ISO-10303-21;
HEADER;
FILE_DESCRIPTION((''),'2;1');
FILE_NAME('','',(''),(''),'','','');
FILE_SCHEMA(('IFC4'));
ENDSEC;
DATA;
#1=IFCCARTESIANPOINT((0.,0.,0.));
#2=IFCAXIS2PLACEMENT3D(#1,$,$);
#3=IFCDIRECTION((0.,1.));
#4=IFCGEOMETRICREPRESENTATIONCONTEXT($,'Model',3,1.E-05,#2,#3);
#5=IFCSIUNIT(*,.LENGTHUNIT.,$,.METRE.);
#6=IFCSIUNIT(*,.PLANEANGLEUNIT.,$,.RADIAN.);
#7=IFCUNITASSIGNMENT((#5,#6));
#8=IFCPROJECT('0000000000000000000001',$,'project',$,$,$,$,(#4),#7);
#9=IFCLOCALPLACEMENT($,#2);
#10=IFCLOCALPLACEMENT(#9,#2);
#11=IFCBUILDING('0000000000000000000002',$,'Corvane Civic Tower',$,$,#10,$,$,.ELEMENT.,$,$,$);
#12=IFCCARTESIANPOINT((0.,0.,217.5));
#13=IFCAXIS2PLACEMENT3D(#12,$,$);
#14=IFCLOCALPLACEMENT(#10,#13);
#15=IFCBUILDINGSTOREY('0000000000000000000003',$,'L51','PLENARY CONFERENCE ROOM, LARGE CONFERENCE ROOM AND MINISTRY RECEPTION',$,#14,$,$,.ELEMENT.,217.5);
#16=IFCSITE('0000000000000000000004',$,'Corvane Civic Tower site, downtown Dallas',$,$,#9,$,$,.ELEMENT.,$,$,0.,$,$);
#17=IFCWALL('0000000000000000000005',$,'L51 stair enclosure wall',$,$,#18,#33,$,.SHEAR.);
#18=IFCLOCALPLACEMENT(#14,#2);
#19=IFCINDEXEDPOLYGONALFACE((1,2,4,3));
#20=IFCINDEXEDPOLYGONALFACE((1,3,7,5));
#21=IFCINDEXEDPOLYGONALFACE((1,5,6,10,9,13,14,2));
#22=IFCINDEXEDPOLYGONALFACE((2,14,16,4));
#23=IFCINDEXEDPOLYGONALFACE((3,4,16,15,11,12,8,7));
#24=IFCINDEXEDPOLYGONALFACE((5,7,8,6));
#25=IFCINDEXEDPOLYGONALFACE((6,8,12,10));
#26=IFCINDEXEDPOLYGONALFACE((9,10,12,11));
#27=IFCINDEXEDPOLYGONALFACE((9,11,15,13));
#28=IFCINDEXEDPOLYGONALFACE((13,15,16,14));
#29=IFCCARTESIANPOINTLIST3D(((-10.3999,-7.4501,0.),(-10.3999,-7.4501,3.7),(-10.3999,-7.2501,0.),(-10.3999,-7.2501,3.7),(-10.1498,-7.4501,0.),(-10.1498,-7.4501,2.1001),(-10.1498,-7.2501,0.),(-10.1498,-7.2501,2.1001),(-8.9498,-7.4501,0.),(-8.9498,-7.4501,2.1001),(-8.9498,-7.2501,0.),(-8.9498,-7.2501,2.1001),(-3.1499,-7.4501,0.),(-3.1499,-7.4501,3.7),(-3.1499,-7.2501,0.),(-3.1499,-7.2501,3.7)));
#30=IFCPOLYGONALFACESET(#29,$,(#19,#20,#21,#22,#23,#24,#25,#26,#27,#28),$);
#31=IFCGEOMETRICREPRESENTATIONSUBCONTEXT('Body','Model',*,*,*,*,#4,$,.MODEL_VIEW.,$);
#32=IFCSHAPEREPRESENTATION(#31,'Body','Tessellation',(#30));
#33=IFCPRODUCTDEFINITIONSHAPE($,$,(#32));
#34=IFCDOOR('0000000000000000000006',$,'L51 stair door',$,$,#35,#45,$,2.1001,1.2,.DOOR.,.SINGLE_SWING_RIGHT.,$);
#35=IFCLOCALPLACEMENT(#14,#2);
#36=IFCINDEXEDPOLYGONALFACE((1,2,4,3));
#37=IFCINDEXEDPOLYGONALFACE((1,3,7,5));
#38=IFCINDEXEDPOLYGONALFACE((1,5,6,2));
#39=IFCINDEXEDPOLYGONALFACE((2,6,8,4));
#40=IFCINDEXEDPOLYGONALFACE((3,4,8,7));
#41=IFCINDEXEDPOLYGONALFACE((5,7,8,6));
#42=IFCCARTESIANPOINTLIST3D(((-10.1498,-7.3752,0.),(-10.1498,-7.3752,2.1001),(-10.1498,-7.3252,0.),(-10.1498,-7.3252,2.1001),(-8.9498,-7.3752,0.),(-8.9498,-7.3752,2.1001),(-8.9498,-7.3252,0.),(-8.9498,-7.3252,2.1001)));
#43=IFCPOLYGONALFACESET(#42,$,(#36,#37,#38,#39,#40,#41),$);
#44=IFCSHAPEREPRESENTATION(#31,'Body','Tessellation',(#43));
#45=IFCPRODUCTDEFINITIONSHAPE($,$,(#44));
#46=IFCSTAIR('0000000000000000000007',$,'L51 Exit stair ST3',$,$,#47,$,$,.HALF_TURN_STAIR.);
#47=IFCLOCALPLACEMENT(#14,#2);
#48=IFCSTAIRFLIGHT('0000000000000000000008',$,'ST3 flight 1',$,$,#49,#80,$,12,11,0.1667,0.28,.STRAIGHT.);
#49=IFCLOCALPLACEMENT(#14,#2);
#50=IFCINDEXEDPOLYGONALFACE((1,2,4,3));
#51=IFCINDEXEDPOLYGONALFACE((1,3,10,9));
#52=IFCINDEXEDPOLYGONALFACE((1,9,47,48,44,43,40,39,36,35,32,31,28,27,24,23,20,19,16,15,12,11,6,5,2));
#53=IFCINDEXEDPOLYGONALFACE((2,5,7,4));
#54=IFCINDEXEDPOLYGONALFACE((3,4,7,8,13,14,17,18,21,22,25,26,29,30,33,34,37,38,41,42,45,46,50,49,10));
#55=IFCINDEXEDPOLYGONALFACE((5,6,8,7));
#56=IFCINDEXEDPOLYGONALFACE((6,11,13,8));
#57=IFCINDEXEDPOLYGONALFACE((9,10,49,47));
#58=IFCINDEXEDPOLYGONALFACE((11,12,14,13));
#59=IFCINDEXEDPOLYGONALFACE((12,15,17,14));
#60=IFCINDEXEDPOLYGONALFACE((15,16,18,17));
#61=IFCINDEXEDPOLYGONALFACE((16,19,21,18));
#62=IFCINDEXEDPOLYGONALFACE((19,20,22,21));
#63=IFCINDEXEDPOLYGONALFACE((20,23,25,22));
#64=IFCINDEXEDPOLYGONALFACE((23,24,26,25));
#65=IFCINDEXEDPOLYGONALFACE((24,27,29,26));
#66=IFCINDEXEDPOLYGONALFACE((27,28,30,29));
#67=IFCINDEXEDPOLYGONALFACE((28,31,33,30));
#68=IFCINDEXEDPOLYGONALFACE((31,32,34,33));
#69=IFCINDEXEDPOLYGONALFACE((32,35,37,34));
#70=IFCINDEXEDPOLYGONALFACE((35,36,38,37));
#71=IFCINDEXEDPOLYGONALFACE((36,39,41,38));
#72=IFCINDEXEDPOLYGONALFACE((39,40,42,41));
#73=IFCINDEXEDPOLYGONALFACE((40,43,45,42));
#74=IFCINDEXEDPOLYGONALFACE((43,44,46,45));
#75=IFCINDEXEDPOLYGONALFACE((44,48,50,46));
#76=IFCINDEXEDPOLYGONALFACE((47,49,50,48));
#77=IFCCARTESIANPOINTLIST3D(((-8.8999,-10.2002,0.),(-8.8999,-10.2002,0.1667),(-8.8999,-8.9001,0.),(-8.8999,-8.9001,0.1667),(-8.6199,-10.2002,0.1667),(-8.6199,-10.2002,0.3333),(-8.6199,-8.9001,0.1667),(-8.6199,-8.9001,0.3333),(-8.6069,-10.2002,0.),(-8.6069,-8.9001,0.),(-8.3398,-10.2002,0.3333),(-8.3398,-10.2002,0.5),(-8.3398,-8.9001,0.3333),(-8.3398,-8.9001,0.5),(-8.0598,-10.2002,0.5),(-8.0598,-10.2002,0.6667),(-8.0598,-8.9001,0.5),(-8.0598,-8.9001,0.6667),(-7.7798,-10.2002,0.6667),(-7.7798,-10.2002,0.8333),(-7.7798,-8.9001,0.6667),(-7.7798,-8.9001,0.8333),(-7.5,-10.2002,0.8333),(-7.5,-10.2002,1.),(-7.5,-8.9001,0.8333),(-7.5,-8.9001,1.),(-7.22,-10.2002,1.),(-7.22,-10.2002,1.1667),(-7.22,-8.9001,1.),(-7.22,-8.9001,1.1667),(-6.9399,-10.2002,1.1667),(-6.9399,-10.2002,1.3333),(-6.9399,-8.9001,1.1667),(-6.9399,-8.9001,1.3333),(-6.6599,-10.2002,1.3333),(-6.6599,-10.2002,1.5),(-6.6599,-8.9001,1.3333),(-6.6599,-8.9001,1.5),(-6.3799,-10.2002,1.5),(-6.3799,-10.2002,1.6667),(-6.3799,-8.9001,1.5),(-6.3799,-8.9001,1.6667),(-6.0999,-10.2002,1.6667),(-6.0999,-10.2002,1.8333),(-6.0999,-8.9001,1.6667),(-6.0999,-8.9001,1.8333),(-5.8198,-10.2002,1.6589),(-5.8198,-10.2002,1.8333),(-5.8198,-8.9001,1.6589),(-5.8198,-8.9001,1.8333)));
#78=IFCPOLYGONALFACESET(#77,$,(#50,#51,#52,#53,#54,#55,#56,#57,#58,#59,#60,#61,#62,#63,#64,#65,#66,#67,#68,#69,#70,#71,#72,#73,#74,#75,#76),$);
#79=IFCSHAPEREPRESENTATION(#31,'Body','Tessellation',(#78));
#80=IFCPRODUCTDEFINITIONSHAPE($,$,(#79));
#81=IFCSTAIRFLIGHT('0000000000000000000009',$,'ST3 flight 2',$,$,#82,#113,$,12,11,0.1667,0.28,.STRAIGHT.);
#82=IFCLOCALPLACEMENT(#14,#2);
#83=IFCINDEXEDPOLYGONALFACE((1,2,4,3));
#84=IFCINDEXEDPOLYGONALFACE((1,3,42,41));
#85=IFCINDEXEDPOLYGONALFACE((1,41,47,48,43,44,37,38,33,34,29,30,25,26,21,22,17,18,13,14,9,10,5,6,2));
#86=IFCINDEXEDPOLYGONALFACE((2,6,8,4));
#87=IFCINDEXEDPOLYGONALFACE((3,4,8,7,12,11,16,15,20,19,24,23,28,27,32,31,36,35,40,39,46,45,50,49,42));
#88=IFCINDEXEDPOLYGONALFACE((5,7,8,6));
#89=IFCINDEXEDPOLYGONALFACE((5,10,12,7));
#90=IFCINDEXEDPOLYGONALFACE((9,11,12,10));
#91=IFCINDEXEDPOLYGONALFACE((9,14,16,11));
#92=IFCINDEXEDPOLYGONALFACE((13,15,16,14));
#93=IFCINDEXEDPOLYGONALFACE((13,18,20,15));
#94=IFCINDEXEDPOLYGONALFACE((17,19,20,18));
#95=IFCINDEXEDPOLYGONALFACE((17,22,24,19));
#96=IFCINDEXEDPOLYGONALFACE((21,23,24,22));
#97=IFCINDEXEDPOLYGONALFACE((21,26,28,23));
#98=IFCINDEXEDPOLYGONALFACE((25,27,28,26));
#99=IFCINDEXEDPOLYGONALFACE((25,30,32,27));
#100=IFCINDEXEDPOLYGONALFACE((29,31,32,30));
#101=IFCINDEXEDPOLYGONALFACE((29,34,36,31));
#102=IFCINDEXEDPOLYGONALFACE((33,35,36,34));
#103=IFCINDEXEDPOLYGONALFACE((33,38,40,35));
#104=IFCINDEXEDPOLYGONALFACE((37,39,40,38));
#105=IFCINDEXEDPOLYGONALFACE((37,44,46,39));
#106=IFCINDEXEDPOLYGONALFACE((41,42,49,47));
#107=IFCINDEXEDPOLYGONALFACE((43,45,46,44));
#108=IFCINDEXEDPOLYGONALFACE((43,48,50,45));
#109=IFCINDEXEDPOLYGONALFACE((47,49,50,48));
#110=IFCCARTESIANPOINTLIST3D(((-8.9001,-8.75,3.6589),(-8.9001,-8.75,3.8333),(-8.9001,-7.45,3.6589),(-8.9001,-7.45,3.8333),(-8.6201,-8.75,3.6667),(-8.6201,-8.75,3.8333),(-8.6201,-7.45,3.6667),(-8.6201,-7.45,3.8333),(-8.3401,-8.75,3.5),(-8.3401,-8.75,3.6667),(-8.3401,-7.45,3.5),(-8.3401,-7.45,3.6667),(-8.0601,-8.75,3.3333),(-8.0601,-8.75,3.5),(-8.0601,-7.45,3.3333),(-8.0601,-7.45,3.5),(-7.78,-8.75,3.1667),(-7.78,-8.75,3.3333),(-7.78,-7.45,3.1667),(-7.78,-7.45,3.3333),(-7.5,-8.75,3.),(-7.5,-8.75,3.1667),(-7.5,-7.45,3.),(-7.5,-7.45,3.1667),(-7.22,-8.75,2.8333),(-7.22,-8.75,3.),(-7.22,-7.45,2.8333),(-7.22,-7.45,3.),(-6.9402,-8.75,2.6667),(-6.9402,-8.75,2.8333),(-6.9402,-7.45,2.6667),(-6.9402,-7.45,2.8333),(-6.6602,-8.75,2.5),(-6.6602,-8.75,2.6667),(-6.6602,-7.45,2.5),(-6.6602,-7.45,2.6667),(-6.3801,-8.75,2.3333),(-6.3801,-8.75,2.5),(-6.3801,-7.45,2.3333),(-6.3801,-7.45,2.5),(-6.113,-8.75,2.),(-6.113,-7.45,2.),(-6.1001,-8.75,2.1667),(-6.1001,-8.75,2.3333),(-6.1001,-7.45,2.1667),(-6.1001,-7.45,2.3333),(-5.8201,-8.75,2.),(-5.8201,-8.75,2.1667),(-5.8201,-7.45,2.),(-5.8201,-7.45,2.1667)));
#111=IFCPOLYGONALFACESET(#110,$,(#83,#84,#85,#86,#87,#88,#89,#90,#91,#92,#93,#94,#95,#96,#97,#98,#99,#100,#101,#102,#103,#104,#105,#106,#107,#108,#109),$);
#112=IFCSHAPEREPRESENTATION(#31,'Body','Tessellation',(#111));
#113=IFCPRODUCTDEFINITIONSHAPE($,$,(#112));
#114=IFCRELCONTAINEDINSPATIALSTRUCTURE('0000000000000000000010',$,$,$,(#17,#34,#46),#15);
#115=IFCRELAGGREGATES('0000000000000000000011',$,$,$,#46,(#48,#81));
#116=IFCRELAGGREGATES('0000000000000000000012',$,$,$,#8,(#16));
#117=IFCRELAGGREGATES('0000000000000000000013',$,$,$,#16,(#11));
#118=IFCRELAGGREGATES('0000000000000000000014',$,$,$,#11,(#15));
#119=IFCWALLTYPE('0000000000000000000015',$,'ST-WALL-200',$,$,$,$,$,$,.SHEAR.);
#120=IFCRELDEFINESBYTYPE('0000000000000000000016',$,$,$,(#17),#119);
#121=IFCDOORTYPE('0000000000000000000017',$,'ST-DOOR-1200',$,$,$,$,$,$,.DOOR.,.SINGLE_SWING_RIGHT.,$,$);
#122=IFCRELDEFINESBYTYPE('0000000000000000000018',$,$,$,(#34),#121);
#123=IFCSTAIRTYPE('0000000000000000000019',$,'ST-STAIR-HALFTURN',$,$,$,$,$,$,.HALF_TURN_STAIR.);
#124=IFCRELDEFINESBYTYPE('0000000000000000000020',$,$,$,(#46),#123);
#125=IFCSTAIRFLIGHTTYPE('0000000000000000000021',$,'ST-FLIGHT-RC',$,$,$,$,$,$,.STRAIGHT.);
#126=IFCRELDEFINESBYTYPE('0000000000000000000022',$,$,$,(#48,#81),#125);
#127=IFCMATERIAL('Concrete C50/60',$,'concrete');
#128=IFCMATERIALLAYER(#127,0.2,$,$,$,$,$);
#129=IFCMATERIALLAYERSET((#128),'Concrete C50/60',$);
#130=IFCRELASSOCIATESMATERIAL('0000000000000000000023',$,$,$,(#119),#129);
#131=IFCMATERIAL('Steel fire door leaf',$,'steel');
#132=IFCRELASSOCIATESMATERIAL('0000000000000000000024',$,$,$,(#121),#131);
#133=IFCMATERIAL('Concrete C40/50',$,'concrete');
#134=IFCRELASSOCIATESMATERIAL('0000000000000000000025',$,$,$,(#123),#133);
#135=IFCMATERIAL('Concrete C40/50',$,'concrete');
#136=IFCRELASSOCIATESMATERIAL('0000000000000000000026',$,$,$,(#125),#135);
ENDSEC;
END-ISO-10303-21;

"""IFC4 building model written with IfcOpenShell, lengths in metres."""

from ifc_helpers import new_model, si_unit, direction, frame, frame_2d, origin, place, context, subcontext, project, spatial, polyline, rectangle, outline, extrude, material, layer, layer_set, type_object, element, fill, aggregate, save


model = new_model("IFC4")

# Units and contexts
model_context = context("Model", 3, precision=1e-05, world=origin(), true_north=direction((0.0, 1.0)))
body_context = subcontext(model_context, "Body", "Model", "MODEL_VIEW")
ifc_project = project(units=[si_unit("LENGTHUNIT", "METRE"), si_unit("PLANEANGLEUNIT", "RADIAN")], contexts=[model_context])

# Site, building, storey
site_placement = place(None, origin())
site = spatial("IfcSite", under=ifc_project, at=site_placement, Name="Corvane Civic Tower site, downtown Dallas", CompositionType="ELEMENT", RefElevation=0.0)
building_placement = place(site_placement, origin())
building = spatial("IfcBuilding", under=site, at=building_placement, Name="Corvane Civic Tower", CompositionType="ELEMENT")
storey_placement = place(building_placement, frame((0.0, 0.0, 217.5)))
storey = spatial("IfcBuildingStorey", under=building, at=storey_placement, Name="L51", Description="PLENARY CONFERENCE ROOM, LARGE CONFERENCE ROOM AND MINISTRY RECEPTION", CompositionType="ELEMENT", Elevation=217.5)

# Wall, opening, door
ifc_material_1 = material(Name="Concrete C50/60", Category="concrete")
ifc_layer_1 = layer(ifc_material_1, 0.2)
ifc_layer_set_1 = layer_set([ifc_layer_1], Name="Concrete C50/60")
wall_type_1 = type_object("IfcWallType", Name="ST-WALL-200", PredefinedType="SHEAR", material=ifc_layer_set_1)
wall_1_placement = place(storey_placement, frame((-10.3999, -7.3501, 0.0), z_axis=(0.0, 0.0, 1.0), x_axis=(1.0, 0.0, 0.0)))
wall_1 = element("IfcWall", 1, at=wall_1_placement, inside=storey, type_object=wall_type_1, Name="L51 stair enclosure wall", PredefinedType="SHEAR", context=body_context, shape_type="SweptSolid", body=[
    extrude(rectangle(XDim=7.25, YDim=0.2, at=frame_2d((3.625, 0.0))), origin(), (0.0, 0.0, 1.0), 3.7),
])
opening_1_placement = place(wall_1_placement, frame((0.25, 0.0, 0.0)))
opening_1 = element("IfcOpeningElement", 2, at=opening_1_placement, cuts=wall_1, PredefinedType="OPENING", context=body_context, shape_type="SweptSolid", body=[
    extrude(rectangle(XDim=1.2, YDim=2.1001, at=frame_2d((0.6001, 1.05))), frame((0.0, 0.1099, 0.0), z_axis=(0.0, -1.0, 0.0), x_axis=(1.0, 0.0, 0.0)), (0.0, 0.0, 1.0), 0.22),
])
ifc_material_2 = material(Name="Steel fire door leaf", Category="steel")
door_type_1 = type_object("IfcDoorType", Name="ST-DOOR-1200", OperationType="SINGLE_SWING_RIGHT", PredefinedType="DOOR", material=ifc_material_2)
door_1_placement = place(opening_1_placement, origin())
door_1 = element("IfcDoor", 3, at=door_1_placement, inside=storey, type_object=door_type_1, Name="L51 stair door", OperationType="SINGLE_SWING_RIGHT", OverallHeight=2.1001, OverallWidth=1.2, PredefinedType="DOOR", context=body_context, shape_type="SweptSolid", body=[
    extrude(rectangle(XDim=1.2, YDim=2.1001, at=frame_2d((0.6001, 1.05))), frame((0.0, 0.0249, 0.0), z_axis=(0.0, -1.0, 0.0), x_axis=(1.0, 0.0, 0.0)), (0.0, 0.0, 1.0), 0.05),
])
fill(opening_1, door_1)

# Stair, stair flights
ifc_material_3 = material(Name="Concrete C40/50", Category="concrete")
stair_type = type_object("IfcStairType", Name="ST-STAIR-HALFTURN", PredefinedType="HALF_TURN_STAIR", material=ifc_material_3)
stair_placement = place(storey_placement, origin())
stair = element("IfcStair", 4, at=stair_placement, inside=storey, type_object=stair_type, Name="L51 Exit stair ST3", PredefinedType="HALF_TURN_STAIR")
ifc_material_4 = material(Name="Concrete C40/50", Category="concrete")
stair_flight_type = type_object("IfcStairFlightType", Name="ST-FLIGHT-RC", PredefinedType="STRAIGHT", material=ifc_material_4)
stair_flight_1_placement = place(storey_placement, frame((-8.8999, -9.55, 0.0), z_axis=(0.0, 0.0, 1.0), x_axis=(1.0, 0.0, 0.0)))
stair_flight_1 = element("IfcStairFlight", 5, at=stair_flight_1_placement, type_object=stair_flight_type, Name="ST3 flight 1", NumberOfRisers=12, NumberOfTreads=11, PredefinedType="STRAIGHT", RiserHeight=0.1667, TreadLength=0.28, context=body_context, shape_type="SweptSolid", body=[
    extrude(outline(polyline([(0.0, 0.0), (0.0, 0.1667), (0.28, 0.1667), (0.28, 0.3333), (0.5601, 0.3333), (0.5601, 0.5), (0.8401, 0.5), (0.8401, 0.6667), (1.1201, 0.6667), (1.1201, 0.8333), (1.3999, 0.8333), (1.3999, 1.0), (1.6799, 1.0), (1.6799, 1.1667), (1.96, 1.1667), (1.96, 1.3333), (2.24, 1.3333), (2.24, 1.5), (2.52, 1.5), (2.52, 1.6667), (2.8, 1.6667), (2.8, 1.8333), (3.0801, 1.8333), (3.0801, 2.0), (3.0801, 1.6589), (0.293, 0.0), (0.0, 0.0)])), frame((0.0, 0.6499, 0.0), z_axis=(0.0, -1.0, 0.0), x_axis=(1.0, 0.0, 0.0)), (0.0, 0.0, 1.0), 1.3),
])
stair_flight_2_placement = place(storey_placement, frame((-5.8201, -8.1001, 2.0), z_axis=(0.0, 0.0, 1.0), x_axis=(-1.0, 0.0, 0.0)))
stair_flight_2 = element("IfcStairFlight", 6, at=stair_flight_2_placement, type_object=stair_flight_type, Name="ST3 flight 2", NumberOfRisers=12, NumberOfTreads=11, PredefinedType="STRAIGHT", RiserHeight=0.1667, TreadLength=0.28, context=body_context, shape_type="SweptSolid", body=[
    extrude(outline(polyline([(0.0, 0.0), (0.0, 0.1667), (0.28, 0.1667), (0.28, 0.3333), (0.5601, 0.3333), (0.5601, 0.5), (0.8401, 0.5), (0.8401, 0.6667), (1.1201, 0.6667), (1.1201, 0.8333), (1.3999, 0.8333), (1.3999, 1.0), (1.6799, 1.0), (1.6799, 1.1667), (1.96, 1.1667), (1.96, 1.3333), (2.24, 1.3333), (2.24, 1.5), (2.52, 1.5), (2.52, 1.6667), (2.8, 1.6667), (2.8, 1.8333), (3.0801, 1.8333), (3.0801, 2.0), (3.0801, 1.6589), (0.293, 0.0), (0.0, 0.0)])), frame((0.0, 0.6499, 0.0), z_axis=(0.0, -1.0, 0.0), x_axis=(1.0, 0.0, 0.0)), (0.0, 0.0, 1.0), 1.3),
])
aggregate(stair, [stair_flight_1, stair_flight_2])

save(model, "model.ifc")
